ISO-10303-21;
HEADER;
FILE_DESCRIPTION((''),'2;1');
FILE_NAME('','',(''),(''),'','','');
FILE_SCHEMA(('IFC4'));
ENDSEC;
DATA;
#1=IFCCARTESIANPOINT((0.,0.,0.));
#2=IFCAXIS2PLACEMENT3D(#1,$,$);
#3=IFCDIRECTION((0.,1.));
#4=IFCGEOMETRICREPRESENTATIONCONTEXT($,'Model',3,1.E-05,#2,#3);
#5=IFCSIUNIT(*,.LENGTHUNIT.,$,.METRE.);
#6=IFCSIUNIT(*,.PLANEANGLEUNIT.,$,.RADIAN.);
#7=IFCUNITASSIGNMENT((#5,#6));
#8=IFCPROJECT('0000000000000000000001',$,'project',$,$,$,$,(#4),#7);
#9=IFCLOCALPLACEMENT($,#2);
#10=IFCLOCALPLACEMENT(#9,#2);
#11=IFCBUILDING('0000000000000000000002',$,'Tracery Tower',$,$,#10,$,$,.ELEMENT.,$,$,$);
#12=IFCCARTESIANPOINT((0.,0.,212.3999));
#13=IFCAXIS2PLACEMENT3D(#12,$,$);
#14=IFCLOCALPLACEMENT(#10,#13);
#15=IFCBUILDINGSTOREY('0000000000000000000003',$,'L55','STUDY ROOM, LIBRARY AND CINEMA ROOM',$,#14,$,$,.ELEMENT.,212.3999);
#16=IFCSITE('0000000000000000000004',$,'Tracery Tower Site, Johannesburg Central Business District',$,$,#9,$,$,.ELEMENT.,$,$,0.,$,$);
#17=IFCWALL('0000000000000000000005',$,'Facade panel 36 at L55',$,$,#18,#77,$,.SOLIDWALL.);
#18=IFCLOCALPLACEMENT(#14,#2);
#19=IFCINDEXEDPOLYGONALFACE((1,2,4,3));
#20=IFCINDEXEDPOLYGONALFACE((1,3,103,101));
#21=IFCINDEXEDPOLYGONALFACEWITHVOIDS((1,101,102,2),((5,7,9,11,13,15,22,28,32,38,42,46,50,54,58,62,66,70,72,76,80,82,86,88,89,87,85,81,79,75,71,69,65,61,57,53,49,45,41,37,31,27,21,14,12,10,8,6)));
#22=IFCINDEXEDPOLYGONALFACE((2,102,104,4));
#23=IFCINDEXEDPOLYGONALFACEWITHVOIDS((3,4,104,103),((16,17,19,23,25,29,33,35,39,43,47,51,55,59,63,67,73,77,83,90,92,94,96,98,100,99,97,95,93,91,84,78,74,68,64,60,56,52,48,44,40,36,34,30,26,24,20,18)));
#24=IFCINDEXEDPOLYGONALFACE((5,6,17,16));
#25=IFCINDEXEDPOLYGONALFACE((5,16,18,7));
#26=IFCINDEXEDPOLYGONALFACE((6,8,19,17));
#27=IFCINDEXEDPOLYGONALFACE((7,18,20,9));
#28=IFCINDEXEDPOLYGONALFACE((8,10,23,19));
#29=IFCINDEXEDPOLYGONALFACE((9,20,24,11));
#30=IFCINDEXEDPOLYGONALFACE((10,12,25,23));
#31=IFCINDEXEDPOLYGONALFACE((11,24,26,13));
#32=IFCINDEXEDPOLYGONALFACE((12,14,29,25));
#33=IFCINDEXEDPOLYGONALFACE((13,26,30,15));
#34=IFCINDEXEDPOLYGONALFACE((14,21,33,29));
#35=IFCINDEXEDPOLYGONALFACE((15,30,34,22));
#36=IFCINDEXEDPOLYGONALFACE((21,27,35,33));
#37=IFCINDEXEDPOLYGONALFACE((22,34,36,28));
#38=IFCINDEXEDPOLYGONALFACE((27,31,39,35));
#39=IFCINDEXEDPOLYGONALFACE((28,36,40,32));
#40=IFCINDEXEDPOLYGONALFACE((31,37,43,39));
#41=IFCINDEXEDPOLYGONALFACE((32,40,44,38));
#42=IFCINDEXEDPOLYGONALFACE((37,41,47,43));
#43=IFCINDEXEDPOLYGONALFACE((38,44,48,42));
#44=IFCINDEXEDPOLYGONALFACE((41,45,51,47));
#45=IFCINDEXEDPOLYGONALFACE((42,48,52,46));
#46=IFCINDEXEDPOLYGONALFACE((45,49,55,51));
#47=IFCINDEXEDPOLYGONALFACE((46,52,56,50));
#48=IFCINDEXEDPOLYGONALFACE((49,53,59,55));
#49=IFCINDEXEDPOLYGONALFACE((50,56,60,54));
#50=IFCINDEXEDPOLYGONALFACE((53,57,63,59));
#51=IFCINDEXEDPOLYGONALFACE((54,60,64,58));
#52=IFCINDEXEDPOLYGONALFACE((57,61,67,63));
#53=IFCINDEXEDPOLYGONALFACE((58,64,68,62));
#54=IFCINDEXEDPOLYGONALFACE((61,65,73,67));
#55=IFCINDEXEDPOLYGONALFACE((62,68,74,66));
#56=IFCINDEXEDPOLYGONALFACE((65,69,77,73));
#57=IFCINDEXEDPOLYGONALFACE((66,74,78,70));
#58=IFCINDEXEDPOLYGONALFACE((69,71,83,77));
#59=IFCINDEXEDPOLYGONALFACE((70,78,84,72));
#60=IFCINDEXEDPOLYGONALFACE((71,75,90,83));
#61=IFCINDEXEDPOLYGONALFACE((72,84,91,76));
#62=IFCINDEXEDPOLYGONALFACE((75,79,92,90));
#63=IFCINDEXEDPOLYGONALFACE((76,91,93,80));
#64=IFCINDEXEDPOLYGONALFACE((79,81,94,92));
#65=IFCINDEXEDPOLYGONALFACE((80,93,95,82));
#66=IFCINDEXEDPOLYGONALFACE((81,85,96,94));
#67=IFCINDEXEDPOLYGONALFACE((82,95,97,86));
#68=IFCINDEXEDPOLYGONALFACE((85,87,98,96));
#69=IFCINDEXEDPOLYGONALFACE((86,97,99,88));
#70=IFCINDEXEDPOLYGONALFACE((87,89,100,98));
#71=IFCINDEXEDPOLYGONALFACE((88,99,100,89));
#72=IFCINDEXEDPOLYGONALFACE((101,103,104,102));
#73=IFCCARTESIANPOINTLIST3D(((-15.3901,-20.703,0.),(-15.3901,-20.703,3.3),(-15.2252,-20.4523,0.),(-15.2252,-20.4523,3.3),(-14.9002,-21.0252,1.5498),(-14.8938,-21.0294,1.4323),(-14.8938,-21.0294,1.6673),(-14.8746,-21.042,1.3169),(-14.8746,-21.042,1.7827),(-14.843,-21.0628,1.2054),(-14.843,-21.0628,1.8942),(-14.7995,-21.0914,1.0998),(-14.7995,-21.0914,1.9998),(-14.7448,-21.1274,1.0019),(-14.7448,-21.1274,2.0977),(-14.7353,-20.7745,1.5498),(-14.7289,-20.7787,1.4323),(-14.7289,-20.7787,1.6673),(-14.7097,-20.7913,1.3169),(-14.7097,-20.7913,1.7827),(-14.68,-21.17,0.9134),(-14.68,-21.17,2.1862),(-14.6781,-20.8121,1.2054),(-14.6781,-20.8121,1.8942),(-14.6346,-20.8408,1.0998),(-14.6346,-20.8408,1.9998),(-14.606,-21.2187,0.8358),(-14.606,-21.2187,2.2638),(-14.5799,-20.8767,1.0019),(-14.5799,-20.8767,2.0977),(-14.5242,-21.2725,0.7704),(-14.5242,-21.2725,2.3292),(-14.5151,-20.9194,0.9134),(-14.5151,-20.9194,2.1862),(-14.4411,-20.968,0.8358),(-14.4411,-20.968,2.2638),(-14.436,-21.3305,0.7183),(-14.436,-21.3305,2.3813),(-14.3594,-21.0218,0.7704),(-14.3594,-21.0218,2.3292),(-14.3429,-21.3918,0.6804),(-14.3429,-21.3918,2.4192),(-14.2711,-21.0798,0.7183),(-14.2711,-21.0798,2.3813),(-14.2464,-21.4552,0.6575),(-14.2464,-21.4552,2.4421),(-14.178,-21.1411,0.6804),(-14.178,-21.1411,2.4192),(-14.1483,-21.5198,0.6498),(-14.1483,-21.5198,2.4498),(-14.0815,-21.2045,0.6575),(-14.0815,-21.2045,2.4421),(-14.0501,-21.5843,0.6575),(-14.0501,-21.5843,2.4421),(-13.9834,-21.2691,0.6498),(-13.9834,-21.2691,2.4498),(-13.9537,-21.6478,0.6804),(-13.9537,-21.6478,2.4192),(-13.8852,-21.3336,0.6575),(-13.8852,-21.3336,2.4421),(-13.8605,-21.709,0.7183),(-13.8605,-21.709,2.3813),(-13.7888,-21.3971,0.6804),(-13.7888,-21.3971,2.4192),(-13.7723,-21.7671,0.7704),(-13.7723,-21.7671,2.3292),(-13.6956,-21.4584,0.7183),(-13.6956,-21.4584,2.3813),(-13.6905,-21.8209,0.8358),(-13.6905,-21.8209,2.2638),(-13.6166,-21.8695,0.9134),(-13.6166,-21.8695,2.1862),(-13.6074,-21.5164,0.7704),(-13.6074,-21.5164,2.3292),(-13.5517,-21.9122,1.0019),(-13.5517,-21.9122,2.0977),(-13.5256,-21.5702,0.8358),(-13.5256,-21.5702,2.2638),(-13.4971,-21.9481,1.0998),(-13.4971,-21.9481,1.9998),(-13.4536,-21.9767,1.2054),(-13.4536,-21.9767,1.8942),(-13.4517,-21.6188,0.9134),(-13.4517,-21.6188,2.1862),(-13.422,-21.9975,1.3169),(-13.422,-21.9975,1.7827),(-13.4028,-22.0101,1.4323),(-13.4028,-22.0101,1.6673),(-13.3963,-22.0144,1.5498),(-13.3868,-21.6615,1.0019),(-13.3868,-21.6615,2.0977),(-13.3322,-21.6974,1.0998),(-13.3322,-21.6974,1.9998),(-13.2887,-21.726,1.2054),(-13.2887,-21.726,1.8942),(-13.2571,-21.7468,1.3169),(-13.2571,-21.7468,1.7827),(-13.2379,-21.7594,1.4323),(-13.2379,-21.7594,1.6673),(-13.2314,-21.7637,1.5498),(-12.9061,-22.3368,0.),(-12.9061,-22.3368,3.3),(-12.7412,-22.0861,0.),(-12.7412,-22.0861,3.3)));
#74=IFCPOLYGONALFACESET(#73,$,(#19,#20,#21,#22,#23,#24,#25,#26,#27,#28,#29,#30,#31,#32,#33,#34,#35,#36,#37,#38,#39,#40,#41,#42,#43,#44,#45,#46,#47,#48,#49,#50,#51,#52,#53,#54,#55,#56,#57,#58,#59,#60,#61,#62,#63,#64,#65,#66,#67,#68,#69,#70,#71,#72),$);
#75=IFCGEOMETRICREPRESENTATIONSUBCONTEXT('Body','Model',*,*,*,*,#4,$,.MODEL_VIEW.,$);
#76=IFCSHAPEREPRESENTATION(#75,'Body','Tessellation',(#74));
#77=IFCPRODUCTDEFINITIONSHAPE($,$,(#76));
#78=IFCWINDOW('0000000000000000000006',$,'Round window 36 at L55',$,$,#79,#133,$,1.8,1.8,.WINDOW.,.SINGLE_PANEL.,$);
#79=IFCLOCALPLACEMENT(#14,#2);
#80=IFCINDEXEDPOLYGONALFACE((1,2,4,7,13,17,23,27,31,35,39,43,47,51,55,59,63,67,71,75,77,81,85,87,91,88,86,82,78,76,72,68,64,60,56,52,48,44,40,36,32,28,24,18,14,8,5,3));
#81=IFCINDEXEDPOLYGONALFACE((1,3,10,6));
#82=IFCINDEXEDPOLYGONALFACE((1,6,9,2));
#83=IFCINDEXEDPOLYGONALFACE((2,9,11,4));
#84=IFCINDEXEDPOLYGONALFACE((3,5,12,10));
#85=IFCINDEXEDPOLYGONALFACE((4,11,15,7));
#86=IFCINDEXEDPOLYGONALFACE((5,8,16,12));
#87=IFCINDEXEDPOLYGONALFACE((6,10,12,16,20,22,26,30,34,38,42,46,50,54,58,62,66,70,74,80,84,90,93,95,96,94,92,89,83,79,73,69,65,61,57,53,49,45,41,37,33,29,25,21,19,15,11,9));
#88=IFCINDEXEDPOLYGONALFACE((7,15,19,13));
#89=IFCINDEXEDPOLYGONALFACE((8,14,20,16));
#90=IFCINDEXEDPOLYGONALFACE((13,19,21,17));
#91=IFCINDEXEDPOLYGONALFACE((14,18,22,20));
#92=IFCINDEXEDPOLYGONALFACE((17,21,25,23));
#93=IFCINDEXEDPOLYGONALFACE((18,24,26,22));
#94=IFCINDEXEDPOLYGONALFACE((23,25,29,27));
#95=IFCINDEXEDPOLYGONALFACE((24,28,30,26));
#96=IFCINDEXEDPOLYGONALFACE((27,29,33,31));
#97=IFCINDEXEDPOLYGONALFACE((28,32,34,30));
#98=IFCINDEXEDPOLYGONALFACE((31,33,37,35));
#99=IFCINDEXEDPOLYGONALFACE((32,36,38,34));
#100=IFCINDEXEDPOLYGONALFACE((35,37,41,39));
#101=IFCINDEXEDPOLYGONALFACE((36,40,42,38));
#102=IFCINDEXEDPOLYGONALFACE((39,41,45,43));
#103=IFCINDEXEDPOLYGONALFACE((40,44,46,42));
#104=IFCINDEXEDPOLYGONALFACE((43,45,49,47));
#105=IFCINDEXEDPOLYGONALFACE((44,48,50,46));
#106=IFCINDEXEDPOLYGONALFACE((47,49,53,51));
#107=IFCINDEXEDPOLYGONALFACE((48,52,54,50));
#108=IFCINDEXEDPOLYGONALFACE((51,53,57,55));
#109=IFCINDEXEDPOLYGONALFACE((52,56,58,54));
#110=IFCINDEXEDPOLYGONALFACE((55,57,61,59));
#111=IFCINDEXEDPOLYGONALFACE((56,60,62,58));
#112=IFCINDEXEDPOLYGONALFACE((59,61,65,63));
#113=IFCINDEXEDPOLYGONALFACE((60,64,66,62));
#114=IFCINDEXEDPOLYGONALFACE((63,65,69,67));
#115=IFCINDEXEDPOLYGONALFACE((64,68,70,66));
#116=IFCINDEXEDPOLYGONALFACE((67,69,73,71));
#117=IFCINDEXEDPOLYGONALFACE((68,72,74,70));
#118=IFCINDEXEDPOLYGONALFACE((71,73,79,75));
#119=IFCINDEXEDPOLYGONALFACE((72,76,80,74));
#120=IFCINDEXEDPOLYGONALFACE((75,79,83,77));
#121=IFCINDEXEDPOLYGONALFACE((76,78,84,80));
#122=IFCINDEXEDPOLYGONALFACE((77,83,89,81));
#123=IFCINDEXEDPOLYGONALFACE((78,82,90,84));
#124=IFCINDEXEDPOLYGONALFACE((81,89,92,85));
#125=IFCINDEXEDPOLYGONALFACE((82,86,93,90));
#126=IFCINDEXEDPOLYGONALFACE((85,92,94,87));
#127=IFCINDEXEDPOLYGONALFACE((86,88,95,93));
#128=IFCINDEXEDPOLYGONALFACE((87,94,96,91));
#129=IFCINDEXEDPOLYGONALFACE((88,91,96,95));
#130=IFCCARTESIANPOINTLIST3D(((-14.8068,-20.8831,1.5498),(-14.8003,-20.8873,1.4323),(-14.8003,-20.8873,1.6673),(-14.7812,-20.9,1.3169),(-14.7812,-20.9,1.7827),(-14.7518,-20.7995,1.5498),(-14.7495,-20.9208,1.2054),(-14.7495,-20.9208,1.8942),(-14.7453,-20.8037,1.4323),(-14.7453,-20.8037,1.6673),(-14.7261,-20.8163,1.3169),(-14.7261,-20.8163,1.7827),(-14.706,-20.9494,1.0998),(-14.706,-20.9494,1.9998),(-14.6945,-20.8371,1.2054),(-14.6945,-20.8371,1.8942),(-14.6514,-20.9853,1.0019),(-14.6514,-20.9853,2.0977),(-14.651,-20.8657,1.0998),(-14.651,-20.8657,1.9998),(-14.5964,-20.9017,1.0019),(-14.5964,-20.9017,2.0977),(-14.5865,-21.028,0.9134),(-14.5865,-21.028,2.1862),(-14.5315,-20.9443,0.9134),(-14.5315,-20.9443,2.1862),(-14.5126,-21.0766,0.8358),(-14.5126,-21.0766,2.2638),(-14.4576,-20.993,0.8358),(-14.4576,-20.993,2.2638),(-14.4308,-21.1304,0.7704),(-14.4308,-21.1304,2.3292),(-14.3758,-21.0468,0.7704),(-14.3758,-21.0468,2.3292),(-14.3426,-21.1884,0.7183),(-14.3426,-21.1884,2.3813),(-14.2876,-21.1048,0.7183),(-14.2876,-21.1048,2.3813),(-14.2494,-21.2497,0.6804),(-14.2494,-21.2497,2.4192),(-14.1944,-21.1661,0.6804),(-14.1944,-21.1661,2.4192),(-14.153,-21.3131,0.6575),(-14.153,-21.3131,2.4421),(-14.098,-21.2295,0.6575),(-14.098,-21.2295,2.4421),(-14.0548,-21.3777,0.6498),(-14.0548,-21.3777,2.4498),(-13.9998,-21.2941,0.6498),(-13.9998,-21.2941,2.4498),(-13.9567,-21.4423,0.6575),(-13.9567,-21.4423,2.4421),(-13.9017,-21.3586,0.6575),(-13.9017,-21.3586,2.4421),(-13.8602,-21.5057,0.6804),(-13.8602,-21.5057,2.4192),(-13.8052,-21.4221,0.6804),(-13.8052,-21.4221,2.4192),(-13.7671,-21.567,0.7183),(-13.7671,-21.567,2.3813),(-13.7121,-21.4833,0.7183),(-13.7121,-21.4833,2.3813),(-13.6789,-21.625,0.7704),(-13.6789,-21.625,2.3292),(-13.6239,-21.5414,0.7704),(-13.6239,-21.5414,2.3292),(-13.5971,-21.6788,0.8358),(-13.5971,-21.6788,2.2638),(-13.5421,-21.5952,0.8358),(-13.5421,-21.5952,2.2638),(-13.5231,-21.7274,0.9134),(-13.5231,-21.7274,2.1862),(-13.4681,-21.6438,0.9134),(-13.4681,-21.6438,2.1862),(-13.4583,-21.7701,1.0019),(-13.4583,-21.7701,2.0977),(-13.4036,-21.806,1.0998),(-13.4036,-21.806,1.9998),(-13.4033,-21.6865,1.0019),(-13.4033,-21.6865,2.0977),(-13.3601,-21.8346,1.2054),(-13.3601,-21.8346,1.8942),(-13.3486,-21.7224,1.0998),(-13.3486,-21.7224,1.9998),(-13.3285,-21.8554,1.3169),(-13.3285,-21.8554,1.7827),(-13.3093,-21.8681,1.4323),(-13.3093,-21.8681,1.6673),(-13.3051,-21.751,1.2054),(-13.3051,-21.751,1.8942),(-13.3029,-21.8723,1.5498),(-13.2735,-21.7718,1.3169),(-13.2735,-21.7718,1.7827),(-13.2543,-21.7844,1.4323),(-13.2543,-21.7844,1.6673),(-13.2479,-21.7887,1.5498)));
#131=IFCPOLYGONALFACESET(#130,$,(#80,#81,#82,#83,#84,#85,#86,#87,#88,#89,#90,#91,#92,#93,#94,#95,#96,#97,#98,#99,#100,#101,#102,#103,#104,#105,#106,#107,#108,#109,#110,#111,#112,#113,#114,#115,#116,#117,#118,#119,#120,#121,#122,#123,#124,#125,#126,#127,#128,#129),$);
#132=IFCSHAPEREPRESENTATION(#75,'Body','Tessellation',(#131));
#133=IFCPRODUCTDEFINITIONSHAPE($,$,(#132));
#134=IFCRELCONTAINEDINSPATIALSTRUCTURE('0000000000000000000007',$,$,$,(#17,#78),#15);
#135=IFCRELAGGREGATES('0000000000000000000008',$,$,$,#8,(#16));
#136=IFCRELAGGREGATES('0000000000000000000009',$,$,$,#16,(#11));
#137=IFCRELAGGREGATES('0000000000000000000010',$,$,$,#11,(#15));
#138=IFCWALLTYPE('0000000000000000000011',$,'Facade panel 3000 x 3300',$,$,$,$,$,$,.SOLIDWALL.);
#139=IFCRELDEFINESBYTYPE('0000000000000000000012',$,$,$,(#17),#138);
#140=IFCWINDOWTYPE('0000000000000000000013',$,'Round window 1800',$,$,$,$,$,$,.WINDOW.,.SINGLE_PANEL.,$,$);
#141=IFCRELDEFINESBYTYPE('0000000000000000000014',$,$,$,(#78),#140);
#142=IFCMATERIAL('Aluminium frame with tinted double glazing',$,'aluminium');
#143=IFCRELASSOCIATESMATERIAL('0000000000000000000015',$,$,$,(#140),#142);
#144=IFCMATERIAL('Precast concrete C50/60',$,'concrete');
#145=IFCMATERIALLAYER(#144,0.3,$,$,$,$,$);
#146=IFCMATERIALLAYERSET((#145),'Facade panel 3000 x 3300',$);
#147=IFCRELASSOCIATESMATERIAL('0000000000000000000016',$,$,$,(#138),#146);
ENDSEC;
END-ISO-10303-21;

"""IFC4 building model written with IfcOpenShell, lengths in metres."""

from ifc_helpers import new_model, si_unit, direction, frame, frame_2d, origin, origin_2d, place, context, subcontext, project, spatial, rectangle, circle, extrude, material, layer, layer_set, type_object, element, fill, save


model = new_model("IFC4")

# Units and contexts
model_context = context("Model", 3, precision=1e-05, world=origin(), true_north=direction((0.0, 1.0)))
body_context = subcontext(model_context, "Body", "Model", "MODEL_VIEW")
ifc_project = project(units=[si_unit("LENGTHUNIT", "METRE"), si_unit("PLANEANGLEUNIT", "RADIAN")], contexts=[model_context])

# Site, building, storey
site_placement = place(None, origin())
site = spatial("IfcSite", under=ifc_project, at=site_placement, Name="Tracery Tower Site, Johannesburg Central Business District", CompositionType="ELEMENT", RefElevation=0.0)
building_placement = place(site_placement, origin())
building = spatial("IfcBuilding", under=site, at=building_placement, Name="Tracery Tower", CompositionType="ELEMENT")
storey_placement = place(building_placement, frame((0.0, 0.0, 212.3999)))
storey = spatial("IfcBuildingStorey", under=building, at=storey_placement, Name="L55", Description="STUDY ROOM, LIBRARY AND CINEMA ROOM", CompositionType="ELEMENT", Elevation=212.3999)

# Wall, opening, window
ifc_material_1 = material(Name="Aluminium frame with tinted double glazing", Category="aluminium")
window_type = type_object("IfcWindowType", Name="Round window 1800", PartitioningType="SINGLE_PANEL", PredefinedType="WINDOW", material=ifc_material_1)
ifc_material_2 = material(Name="Precast concrete C50/60", Category="concrete")
ifc_layer_1 = layer(ifc_material_2, 0.3)
ifc_layer_set_1 = layer_set([ifc_layer_1], Name="Facade panel 3000 x 3300")
wall_type_1 = type_object("IfcWallType", Name="Facade panel 3000 x 3300", PredefinedType="SOLIDWALL", material=ifc_layer_set_1)
wall_1_placement = place(storey_placement, frame((-15.3076, -20.5776, 0.0), z_axis=(0.0, 0.0, 1.0), x_axis=(0.835471, -0.549535, 0.0)))
wall_1 = element("IfcWall", 1, at=wall_1_placement, inside=storey, type_object=wall_type_1, Name="Facade panel 36 at L55", PredefinedType="SOLIDWALL", context=body_context, shape_type="SweptSolid", body=[
    extrude(rectangle(XDim=2.9731, YDim=0.3, at=frame_2d((1.4866, 0.0))), origin(), (0.0, 0.0, 1.0), 3.3),
])
opening_1_placement = place(wall_1_placement, frame((1.4863, 0.0, 1.5498)))
opening_1 = element("IfcOpeningElement", 2, at=opening_1_placement, cuts=wall_1, PredefinedType="OPENING", context=body_context, shape_type="SweptSolid", body=[
    extrude(circle(Radius=0.9, at=origin_2d()), frame((0.0, 0.1599, 0.0), z_axis=(0.0, -1.0, 0.0), x_axis=(1.0, 0.0, 0.0)), (0.0, 0.0, 1.0), 0.3201),
])
window_1_placement = place(opening_1_placement, origin())
window_1 = element("IfcWindow", 3, at=window_1_placement, inside=storey, type_object=window_type, Name="Round window 36 at L55", OverallHeight=1.8, OverallWidth=1.8, PartitioningType="SINGLE_PANEL", PredefinedType="WINDOW", context=body_context, shape_type="SweptSolid", body=[
    extrude(circle(Radius=0.9, at=origin_2d()), frame((0.0, 0.1201, 0.0), z_axis=(0.0, -1.0, 0.0), x_axis=(1.0, 0.0, 0.0)), (0.0, 0.0, 1.0), 0.1001),
])
fill(opening_1, window_1)

save(model, "model.ifc")
